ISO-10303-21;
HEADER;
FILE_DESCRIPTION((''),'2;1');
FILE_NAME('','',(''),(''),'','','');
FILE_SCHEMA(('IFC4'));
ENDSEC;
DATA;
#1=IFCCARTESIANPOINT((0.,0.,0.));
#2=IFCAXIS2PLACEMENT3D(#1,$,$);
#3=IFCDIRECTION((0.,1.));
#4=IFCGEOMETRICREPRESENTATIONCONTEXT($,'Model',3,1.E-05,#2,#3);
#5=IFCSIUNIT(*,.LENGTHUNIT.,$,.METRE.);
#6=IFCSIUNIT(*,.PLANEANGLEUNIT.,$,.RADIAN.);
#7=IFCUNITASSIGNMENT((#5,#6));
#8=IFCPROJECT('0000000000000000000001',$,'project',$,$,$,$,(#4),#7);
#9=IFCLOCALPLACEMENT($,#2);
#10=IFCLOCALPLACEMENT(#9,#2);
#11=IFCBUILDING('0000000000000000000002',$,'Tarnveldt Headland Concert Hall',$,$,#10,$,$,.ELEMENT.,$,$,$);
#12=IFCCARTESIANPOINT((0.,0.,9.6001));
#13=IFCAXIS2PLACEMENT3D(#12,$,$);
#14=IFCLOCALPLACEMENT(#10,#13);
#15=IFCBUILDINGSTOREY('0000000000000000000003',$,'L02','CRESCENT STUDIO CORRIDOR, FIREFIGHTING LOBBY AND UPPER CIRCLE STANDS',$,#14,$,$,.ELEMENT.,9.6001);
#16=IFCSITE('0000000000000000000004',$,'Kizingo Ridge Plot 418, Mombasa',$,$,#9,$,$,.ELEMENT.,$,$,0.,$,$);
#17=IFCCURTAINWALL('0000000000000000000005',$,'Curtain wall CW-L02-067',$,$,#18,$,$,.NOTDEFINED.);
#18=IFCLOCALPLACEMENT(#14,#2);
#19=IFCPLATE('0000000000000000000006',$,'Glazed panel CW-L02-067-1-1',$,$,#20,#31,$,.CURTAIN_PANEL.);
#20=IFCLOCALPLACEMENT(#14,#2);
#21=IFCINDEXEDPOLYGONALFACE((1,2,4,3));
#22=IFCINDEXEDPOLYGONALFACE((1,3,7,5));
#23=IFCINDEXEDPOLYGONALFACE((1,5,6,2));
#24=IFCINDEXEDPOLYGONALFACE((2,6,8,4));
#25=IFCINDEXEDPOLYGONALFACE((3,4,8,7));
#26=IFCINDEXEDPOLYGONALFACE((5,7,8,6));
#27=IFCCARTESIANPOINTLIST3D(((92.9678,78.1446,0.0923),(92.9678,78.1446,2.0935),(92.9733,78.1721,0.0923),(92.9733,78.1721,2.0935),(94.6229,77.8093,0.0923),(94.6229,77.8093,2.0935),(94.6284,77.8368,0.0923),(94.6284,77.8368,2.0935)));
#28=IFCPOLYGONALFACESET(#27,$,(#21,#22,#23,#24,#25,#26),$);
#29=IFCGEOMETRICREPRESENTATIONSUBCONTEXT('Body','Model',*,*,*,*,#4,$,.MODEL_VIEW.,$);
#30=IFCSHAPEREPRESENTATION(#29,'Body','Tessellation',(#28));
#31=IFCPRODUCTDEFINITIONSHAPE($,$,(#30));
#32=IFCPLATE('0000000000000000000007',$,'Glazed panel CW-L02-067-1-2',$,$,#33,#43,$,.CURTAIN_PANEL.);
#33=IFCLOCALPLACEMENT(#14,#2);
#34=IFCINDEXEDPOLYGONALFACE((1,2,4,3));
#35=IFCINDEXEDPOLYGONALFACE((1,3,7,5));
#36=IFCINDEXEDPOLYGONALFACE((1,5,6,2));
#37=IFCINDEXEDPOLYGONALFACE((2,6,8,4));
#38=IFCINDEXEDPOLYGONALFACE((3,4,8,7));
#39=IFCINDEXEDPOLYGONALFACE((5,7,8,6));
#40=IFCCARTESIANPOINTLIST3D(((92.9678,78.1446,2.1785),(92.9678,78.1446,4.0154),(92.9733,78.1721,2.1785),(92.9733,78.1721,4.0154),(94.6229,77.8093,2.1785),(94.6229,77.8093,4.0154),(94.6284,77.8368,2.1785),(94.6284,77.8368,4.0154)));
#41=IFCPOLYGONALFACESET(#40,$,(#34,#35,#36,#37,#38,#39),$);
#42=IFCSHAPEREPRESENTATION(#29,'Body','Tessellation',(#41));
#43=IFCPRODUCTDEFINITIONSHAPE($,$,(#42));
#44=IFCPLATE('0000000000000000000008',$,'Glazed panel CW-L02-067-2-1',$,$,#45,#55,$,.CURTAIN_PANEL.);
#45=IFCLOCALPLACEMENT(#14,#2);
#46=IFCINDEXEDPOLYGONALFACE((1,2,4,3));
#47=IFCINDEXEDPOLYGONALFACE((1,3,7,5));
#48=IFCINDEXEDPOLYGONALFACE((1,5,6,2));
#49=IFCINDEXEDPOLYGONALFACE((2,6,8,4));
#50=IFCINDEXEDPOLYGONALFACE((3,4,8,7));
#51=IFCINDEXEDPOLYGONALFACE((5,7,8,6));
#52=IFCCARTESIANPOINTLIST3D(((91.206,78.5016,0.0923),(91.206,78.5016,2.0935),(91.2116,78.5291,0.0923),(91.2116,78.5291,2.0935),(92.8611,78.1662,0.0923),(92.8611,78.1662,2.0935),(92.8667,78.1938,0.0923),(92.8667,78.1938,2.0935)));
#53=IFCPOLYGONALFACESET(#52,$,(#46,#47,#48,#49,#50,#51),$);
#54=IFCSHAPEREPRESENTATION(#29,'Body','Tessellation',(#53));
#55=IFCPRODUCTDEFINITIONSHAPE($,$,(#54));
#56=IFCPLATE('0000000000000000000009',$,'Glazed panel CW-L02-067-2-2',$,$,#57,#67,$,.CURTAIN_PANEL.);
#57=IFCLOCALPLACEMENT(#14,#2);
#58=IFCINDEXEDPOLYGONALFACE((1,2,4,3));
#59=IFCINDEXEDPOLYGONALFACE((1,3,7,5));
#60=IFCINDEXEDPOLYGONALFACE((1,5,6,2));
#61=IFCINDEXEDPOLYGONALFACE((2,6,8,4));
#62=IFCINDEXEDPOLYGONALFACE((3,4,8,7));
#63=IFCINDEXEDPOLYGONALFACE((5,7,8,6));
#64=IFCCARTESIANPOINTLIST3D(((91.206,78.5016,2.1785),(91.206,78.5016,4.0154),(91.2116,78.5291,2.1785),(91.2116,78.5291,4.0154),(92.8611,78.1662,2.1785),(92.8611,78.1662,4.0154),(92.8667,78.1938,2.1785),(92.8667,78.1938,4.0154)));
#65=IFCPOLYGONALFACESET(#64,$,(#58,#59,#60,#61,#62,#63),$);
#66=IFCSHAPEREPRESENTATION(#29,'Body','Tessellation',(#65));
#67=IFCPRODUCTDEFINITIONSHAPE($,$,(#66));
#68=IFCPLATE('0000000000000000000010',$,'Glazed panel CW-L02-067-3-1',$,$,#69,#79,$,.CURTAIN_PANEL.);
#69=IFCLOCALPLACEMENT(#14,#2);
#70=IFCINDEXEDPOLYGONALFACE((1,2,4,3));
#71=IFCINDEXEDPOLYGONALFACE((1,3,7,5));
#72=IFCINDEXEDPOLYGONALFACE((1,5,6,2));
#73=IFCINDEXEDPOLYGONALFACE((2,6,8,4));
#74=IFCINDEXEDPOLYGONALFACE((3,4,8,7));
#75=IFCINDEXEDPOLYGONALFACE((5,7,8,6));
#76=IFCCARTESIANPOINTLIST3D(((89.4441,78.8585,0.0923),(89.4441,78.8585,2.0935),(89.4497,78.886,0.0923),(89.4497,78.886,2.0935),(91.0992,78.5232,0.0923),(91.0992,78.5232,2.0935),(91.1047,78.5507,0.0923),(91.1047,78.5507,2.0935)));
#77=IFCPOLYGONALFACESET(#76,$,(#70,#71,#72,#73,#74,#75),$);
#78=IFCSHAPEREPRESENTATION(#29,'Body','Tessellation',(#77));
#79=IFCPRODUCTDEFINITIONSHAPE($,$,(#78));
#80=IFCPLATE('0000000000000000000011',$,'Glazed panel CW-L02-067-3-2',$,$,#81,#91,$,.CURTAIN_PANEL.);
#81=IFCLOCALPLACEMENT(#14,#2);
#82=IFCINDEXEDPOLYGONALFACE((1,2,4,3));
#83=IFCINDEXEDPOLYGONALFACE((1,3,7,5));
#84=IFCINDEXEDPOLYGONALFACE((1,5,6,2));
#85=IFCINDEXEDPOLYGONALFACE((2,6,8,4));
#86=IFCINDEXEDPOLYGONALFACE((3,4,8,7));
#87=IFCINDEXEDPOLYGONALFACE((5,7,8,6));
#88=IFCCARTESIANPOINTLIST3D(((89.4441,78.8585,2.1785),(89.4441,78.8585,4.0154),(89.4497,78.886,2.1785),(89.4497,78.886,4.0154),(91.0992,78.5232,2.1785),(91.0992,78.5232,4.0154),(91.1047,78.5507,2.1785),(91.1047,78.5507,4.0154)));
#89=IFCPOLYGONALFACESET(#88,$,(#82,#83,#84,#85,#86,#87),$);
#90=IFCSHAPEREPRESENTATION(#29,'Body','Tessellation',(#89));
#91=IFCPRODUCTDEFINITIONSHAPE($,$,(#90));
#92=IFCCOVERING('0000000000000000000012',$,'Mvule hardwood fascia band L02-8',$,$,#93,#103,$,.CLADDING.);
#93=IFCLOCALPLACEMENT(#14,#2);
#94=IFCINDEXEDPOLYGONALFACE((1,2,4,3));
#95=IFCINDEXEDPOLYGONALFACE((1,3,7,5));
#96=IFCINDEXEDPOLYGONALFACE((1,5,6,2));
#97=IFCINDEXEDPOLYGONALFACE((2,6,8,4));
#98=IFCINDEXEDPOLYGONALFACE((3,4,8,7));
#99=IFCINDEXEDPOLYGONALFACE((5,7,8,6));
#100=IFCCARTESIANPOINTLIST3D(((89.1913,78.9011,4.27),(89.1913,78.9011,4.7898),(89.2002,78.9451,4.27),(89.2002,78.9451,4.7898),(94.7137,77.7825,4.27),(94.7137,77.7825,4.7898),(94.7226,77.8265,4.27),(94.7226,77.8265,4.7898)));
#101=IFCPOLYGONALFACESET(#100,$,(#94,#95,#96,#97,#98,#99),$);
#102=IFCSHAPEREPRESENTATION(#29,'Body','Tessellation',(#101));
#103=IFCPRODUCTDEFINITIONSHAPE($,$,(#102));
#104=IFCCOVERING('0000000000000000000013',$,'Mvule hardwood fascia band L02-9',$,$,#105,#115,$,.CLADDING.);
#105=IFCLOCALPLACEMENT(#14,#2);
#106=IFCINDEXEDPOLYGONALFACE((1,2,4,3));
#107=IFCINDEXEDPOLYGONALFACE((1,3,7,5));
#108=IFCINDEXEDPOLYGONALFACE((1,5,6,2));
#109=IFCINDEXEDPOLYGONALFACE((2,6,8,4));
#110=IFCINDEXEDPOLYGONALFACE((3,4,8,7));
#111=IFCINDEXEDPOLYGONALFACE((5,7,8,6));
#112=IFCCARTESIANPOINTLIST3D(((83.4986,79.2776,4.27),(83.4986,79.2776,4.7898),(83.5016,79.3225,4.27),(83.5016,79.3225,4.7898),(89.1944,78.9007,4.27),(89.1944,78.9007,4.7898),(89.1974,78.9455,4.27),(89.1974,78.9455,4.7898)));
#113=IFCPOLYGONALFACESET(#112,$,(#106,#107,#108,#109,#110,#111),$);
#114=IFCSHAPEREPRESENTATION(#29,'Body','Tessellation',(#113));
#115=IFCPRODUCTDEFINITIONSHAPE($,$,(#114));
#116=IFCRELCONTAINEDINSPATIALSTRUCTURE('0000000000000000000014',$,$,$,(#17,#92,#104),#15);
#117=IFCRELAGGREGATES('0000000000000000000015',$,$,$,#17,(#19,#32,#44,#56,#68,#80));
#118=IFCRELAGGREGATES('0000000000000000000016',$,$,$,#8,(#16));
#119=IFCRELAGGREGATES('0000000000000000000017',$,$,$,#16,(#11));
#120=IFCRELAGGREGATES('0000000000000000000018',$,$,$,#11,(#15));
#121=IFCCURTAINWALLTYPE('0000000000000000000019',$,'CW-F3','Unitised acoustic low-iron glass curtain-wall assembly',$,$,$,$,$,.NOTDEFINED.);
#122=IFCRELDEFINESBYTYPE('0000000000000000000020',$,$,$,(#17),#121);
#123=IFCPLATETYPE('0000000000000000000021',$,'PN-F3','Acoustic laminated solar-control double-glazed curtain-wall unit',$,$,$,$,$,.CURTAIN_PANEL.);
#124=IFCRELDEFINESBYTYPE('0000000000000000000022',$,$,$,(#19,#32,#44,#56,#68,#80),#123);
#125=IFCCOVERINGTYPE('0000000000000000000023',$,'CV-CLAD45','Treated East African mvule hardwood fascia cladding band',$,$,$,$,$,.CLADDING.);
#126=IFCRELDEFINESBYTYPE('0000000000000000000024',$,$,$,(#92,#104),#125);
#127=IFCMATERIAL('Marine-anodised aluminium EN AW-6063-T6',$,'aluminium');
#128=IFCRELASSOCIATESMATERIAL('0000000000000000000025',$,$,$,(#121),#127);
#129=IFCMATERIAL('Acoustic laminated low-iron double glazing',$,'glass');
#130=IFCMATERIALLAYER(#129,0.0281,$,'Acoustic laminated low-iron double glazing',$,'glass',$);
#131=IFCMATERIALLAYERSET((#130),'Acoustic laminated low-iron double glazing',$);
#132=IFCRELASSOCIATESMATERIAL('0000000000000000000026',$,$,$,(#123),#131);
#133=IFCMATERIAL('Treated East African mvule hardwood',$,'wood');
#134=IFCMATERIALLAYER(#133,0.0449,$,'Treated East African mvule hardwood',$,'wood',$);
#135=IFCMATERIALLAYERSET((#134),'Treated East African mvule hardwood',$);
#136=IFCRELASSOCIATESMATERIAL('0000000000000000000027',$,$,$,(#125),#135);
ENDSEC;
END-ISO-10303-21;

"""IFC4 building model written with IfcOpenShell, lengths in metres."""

from ifc_helpers import new_model, si_unit, direction, frame, frame_2d, origin, origin_2d, place, context, subcontext, project, spatial, rectangle, extrude, material, layer, layer_set, type_object, element, aggregate, save


model = new_model("IFC4")

# Units and contexts
model_context = context("Model", 3, precision=1e-05, world=origin(), true_north=direction((0.0, 1.0)))
body_context = subcontext(model_context, "Body", "Model", "MODEL_VIEW")
ifc_project = project(units=[si_unit("LENGTHUNIT", "METRE"), si_unit("PLANEANGLEUNIT", "RADIAN")], contexts=[model_context])

# Site, building, storey
site_placement = place(None, origin())
site = spatial("IfcSite", under=ifc_project, at=site_placement, Name="Kizingo Ridge Plot 418, Mombasa", CompositionType="ELEMENT", RefElevation=0.0)
building_placement = place(site_placement, origin())
building = spatial("IfcBuilding", under=site, at=building_placement, Name="Tarnveldt Headland Concert Hall", CompositionType="ELEMENT")
storey_placement = place(building_placement, frame((0.0, 0.0, 9.6001)))
storey = spatial("IfcBuildingStorey", under=building, at=storey_placement, Name="L02", Description="CRESCENT STUDIO CORRIDOR, FIREFIGHTING LOBBY AND UPPER CIRCLE STANDS", CompositionType="ELEMENT", Elevation=9.6001)

# Curtain wall
ifc_material_1 = material(Name="Marine-anodised aluminium EN AW-6063-T6", Category="aluminium")
curtain_wall_type = type_object("IfcCurtainWallType", Name="CW-F3", Description="Unitised acoustic low-iron glass curtain-wall assembly", PredefinedType="NOTDEFINED", material=ifc_material_1)
curtain_wall_1_placement = place(storey_placement, origin())
curtain_wall_1 = element("IfcCurtainWall", 1, at=curtain_wall_1_placement, inside=storey, type_object=curtain_wall_type, Name="Curtain wall CW-L02-067", PredefinedType="NOTDEFINED")

# Plates
ifc_material_2 = material(Name="Acoustic laminated low-iron double glazing", Category="glass")
ifc_layer_1 = layer(ifc_material_2, 0.0281, Name="Acoustic laminated low-iron double glazing", Category="glass")
ifc_layer_set_1 = layer_set([ifc_layer_1], Name="Acoustic laminated low-iron double glazing")
plate_type = type_object("IfcPlateType", Name="PN-F3", Description="Acoustic laminated solar-control double-glazed curtain-wall unit", PredefinedType="CURTAIN_PANEL", material=ifc_layer_set_1)
plate_1_placement = place(storey_placement, frame((93.7981, 77.9907, 0.0923), z_axis=(0.0, 0.0, 1.0), x_axis=(-0.980088, 0.198564, 0.0)))
plate_1 = element("IfcPlate", 2, at=plate_1_placement, type_object=plate_type, Name="Glazed panel CW-L02-067-1-1", PredefinedType="CURTAIN_PANEL", context=body_context, shape_type="SweptSolid", body=[
    extrude(rectangle(XDim=1.6887, YDim=0.0281, at=origin_2d()), origin(), (0.0, 0.0, 1.0), 2.0012),
])
plate_2_placement = place(storey_placement, frame((93.7981, 77.9907, 2.1785), z_axis=(0.0, 0.0, 1.0), x_axis=(-0.980088, 0.198564, 0.0)))
plate_2 = element("IfcPlate", 3, at=plate_2_placement, type_object=plate_type, Name="Glazed panel CW-L02-067-1-2", PredefinedType="CURTAIN_PANEL", context=body_context, shape_type="SweptSolid", body=[
    extrude(rectangle(XDim=1.6887, YDim=0.0281, at=origin_2d()), origin(), (0.0, 0.0, 1.0), 1.8369),
])
plate_3_placement = place(storey_placement, frame((92.0364, 78.3477, 0.0923), z_axis=(0.0, 0.0, 1.0), x_axis=(-0.980088, 0.198564, 0.0)))
plate_3 = element("IfcPlate", 4, at=plate_3_placement, type_object=plate_type, Name="Glazed panel CW-L02-067-2-1", PredefinedType="CURTAIN_PANEL", context=body_context, shape_type="SweptSolid", body=[
    extrude(rectangle(XDim=1.6887, YDim=0.0281, at=origin_2d()), origin(), (0.0, 0.0, 1.0), 2.0012),
])
plate_4_placement = place(storey_placement, frame((92.0364, 78.3477, 2.1785), z_axis=(0.0, 0.0, 1.0), x_axis=(-0.980088, 0.198564, 0.0)))
plate_4 = element("IfcPlate", 5, at=plate_4_placement, type_object=plate_type, Name="Glazed panel CW-L02-067-2-2", PredefinedType="CURTAIN_PANEL", context=body_context, shape_type="SweptSolid", body=[
    extrude(rectangle(XDim=1.6887, YDim=0.0281, at=origin_2d()), origin(), (0.0, 0.0, 1.0), 1.8369),
])
plate_5_placement = place(storey_placement, frame((90.2744, 78.7046, 0.0923), z_axis=(0.0, 0.0, 1.0), x_axis=(-0.980088, 0.198564, 0.0)))
plate_5 = element("IfcPlate", 6, at=plate_5_placement, type_object=plate_type, Name="Glazed panel CW-L02-067-3-1", PredefinedType="CURTAIN_PANEL", context=body_context, shape_type="SweptSolid", body=[
    extrude(rectangle(XDim=1.6887, YDim=0.0281, at=origin_2d()), origin(), (0.0, 0.0, 1.0), 2.0012),
])
plate_6_placement = place(storey_placement, frame((90.2744, 78.7046, 2.1785), z_axis=(0.0, 0.0, 1.0), x_axis=(-0.980088, 0.198564, 0.0)))
plate_6 = element("IfcPlate", 7, at=plate_6_placement, type_object=plate_type, Name="Glazed panel CW-L02-067-3-2", PredefinedType="CURTAIN_PANEL", context=body_context, shape_type="SweptSolid", body=[
    extrude(rectangle(XDim=1.6887, YDim=0.0281, at=origin_2d()), origin(), (0.0, 0.0, 1.0), 1.8369),
])
aggregate(curtain_wall_1, [plate_1, plate_2, plate_3, plate_4, plate_5, plate_6])

# Coverings
ifc_material_3 = material(Name="Treated East African mvule hardwood", Category="wood")
ifc_layer_2 = layer(ifc_material_3, 0.0449, Name="Treated East African mvule hardwood", Category="wood")
ifc_layer_set_2 = layer_set([ifc_layer_2], Name="Treated East African mvule hardwood")
covering_type = type_object("IfcCoveringType", Name="CV-CLAD45", Description="Treated East African mvule hardwood fascia cladding band", PredefinedType="CLADDING", material=ifc_layer_set_2)
covering_1_placement = place(storey_placement, frame((94.7183, 77.8044, 4.27), z_axis=(0.0, 0.0, 1.0), x_axis=(-0.980094, 0.198532, 0.0)))
element("IfcCovering", 8, at=covering_1_placement, inside=storey, type_object=covering_type, Name="Mvule hardwood fascia band L02-8", PredefinedType="CLADDING", context=body_context, shape_type="SweptSolid", body=[
    extrude(rectangle(XDim=5.6345, YDim=0.0449, at=frame_2d((2.8174, 0.0))), origin(), (0.0, 0.0, 1.0), 0.5198),
])
covering_2_placement = place(storey_placement, frame((89.1958, 78.9231, 4.27), z_axis=(0.0, 0.0, 1.0), x_axis=(-0.997817, 0.066036, 0.0)))
element("IfcCovering", 9, at=covering_2_placement, inside=storey, type_object=covering_type, Name="Mvule hardwood fascia band L02-9", PredefinedType="CLADDING", context=body_context, shape_type="SweptSolid", body=[
    extrude(rectangle(XDim=5.7083, YDim=0.0449, at=frame_2d((2.854, 0.0))), origin(), (0.0, 0.0, 1.0), 0.5198),
])

save(model, "model.ifc")
